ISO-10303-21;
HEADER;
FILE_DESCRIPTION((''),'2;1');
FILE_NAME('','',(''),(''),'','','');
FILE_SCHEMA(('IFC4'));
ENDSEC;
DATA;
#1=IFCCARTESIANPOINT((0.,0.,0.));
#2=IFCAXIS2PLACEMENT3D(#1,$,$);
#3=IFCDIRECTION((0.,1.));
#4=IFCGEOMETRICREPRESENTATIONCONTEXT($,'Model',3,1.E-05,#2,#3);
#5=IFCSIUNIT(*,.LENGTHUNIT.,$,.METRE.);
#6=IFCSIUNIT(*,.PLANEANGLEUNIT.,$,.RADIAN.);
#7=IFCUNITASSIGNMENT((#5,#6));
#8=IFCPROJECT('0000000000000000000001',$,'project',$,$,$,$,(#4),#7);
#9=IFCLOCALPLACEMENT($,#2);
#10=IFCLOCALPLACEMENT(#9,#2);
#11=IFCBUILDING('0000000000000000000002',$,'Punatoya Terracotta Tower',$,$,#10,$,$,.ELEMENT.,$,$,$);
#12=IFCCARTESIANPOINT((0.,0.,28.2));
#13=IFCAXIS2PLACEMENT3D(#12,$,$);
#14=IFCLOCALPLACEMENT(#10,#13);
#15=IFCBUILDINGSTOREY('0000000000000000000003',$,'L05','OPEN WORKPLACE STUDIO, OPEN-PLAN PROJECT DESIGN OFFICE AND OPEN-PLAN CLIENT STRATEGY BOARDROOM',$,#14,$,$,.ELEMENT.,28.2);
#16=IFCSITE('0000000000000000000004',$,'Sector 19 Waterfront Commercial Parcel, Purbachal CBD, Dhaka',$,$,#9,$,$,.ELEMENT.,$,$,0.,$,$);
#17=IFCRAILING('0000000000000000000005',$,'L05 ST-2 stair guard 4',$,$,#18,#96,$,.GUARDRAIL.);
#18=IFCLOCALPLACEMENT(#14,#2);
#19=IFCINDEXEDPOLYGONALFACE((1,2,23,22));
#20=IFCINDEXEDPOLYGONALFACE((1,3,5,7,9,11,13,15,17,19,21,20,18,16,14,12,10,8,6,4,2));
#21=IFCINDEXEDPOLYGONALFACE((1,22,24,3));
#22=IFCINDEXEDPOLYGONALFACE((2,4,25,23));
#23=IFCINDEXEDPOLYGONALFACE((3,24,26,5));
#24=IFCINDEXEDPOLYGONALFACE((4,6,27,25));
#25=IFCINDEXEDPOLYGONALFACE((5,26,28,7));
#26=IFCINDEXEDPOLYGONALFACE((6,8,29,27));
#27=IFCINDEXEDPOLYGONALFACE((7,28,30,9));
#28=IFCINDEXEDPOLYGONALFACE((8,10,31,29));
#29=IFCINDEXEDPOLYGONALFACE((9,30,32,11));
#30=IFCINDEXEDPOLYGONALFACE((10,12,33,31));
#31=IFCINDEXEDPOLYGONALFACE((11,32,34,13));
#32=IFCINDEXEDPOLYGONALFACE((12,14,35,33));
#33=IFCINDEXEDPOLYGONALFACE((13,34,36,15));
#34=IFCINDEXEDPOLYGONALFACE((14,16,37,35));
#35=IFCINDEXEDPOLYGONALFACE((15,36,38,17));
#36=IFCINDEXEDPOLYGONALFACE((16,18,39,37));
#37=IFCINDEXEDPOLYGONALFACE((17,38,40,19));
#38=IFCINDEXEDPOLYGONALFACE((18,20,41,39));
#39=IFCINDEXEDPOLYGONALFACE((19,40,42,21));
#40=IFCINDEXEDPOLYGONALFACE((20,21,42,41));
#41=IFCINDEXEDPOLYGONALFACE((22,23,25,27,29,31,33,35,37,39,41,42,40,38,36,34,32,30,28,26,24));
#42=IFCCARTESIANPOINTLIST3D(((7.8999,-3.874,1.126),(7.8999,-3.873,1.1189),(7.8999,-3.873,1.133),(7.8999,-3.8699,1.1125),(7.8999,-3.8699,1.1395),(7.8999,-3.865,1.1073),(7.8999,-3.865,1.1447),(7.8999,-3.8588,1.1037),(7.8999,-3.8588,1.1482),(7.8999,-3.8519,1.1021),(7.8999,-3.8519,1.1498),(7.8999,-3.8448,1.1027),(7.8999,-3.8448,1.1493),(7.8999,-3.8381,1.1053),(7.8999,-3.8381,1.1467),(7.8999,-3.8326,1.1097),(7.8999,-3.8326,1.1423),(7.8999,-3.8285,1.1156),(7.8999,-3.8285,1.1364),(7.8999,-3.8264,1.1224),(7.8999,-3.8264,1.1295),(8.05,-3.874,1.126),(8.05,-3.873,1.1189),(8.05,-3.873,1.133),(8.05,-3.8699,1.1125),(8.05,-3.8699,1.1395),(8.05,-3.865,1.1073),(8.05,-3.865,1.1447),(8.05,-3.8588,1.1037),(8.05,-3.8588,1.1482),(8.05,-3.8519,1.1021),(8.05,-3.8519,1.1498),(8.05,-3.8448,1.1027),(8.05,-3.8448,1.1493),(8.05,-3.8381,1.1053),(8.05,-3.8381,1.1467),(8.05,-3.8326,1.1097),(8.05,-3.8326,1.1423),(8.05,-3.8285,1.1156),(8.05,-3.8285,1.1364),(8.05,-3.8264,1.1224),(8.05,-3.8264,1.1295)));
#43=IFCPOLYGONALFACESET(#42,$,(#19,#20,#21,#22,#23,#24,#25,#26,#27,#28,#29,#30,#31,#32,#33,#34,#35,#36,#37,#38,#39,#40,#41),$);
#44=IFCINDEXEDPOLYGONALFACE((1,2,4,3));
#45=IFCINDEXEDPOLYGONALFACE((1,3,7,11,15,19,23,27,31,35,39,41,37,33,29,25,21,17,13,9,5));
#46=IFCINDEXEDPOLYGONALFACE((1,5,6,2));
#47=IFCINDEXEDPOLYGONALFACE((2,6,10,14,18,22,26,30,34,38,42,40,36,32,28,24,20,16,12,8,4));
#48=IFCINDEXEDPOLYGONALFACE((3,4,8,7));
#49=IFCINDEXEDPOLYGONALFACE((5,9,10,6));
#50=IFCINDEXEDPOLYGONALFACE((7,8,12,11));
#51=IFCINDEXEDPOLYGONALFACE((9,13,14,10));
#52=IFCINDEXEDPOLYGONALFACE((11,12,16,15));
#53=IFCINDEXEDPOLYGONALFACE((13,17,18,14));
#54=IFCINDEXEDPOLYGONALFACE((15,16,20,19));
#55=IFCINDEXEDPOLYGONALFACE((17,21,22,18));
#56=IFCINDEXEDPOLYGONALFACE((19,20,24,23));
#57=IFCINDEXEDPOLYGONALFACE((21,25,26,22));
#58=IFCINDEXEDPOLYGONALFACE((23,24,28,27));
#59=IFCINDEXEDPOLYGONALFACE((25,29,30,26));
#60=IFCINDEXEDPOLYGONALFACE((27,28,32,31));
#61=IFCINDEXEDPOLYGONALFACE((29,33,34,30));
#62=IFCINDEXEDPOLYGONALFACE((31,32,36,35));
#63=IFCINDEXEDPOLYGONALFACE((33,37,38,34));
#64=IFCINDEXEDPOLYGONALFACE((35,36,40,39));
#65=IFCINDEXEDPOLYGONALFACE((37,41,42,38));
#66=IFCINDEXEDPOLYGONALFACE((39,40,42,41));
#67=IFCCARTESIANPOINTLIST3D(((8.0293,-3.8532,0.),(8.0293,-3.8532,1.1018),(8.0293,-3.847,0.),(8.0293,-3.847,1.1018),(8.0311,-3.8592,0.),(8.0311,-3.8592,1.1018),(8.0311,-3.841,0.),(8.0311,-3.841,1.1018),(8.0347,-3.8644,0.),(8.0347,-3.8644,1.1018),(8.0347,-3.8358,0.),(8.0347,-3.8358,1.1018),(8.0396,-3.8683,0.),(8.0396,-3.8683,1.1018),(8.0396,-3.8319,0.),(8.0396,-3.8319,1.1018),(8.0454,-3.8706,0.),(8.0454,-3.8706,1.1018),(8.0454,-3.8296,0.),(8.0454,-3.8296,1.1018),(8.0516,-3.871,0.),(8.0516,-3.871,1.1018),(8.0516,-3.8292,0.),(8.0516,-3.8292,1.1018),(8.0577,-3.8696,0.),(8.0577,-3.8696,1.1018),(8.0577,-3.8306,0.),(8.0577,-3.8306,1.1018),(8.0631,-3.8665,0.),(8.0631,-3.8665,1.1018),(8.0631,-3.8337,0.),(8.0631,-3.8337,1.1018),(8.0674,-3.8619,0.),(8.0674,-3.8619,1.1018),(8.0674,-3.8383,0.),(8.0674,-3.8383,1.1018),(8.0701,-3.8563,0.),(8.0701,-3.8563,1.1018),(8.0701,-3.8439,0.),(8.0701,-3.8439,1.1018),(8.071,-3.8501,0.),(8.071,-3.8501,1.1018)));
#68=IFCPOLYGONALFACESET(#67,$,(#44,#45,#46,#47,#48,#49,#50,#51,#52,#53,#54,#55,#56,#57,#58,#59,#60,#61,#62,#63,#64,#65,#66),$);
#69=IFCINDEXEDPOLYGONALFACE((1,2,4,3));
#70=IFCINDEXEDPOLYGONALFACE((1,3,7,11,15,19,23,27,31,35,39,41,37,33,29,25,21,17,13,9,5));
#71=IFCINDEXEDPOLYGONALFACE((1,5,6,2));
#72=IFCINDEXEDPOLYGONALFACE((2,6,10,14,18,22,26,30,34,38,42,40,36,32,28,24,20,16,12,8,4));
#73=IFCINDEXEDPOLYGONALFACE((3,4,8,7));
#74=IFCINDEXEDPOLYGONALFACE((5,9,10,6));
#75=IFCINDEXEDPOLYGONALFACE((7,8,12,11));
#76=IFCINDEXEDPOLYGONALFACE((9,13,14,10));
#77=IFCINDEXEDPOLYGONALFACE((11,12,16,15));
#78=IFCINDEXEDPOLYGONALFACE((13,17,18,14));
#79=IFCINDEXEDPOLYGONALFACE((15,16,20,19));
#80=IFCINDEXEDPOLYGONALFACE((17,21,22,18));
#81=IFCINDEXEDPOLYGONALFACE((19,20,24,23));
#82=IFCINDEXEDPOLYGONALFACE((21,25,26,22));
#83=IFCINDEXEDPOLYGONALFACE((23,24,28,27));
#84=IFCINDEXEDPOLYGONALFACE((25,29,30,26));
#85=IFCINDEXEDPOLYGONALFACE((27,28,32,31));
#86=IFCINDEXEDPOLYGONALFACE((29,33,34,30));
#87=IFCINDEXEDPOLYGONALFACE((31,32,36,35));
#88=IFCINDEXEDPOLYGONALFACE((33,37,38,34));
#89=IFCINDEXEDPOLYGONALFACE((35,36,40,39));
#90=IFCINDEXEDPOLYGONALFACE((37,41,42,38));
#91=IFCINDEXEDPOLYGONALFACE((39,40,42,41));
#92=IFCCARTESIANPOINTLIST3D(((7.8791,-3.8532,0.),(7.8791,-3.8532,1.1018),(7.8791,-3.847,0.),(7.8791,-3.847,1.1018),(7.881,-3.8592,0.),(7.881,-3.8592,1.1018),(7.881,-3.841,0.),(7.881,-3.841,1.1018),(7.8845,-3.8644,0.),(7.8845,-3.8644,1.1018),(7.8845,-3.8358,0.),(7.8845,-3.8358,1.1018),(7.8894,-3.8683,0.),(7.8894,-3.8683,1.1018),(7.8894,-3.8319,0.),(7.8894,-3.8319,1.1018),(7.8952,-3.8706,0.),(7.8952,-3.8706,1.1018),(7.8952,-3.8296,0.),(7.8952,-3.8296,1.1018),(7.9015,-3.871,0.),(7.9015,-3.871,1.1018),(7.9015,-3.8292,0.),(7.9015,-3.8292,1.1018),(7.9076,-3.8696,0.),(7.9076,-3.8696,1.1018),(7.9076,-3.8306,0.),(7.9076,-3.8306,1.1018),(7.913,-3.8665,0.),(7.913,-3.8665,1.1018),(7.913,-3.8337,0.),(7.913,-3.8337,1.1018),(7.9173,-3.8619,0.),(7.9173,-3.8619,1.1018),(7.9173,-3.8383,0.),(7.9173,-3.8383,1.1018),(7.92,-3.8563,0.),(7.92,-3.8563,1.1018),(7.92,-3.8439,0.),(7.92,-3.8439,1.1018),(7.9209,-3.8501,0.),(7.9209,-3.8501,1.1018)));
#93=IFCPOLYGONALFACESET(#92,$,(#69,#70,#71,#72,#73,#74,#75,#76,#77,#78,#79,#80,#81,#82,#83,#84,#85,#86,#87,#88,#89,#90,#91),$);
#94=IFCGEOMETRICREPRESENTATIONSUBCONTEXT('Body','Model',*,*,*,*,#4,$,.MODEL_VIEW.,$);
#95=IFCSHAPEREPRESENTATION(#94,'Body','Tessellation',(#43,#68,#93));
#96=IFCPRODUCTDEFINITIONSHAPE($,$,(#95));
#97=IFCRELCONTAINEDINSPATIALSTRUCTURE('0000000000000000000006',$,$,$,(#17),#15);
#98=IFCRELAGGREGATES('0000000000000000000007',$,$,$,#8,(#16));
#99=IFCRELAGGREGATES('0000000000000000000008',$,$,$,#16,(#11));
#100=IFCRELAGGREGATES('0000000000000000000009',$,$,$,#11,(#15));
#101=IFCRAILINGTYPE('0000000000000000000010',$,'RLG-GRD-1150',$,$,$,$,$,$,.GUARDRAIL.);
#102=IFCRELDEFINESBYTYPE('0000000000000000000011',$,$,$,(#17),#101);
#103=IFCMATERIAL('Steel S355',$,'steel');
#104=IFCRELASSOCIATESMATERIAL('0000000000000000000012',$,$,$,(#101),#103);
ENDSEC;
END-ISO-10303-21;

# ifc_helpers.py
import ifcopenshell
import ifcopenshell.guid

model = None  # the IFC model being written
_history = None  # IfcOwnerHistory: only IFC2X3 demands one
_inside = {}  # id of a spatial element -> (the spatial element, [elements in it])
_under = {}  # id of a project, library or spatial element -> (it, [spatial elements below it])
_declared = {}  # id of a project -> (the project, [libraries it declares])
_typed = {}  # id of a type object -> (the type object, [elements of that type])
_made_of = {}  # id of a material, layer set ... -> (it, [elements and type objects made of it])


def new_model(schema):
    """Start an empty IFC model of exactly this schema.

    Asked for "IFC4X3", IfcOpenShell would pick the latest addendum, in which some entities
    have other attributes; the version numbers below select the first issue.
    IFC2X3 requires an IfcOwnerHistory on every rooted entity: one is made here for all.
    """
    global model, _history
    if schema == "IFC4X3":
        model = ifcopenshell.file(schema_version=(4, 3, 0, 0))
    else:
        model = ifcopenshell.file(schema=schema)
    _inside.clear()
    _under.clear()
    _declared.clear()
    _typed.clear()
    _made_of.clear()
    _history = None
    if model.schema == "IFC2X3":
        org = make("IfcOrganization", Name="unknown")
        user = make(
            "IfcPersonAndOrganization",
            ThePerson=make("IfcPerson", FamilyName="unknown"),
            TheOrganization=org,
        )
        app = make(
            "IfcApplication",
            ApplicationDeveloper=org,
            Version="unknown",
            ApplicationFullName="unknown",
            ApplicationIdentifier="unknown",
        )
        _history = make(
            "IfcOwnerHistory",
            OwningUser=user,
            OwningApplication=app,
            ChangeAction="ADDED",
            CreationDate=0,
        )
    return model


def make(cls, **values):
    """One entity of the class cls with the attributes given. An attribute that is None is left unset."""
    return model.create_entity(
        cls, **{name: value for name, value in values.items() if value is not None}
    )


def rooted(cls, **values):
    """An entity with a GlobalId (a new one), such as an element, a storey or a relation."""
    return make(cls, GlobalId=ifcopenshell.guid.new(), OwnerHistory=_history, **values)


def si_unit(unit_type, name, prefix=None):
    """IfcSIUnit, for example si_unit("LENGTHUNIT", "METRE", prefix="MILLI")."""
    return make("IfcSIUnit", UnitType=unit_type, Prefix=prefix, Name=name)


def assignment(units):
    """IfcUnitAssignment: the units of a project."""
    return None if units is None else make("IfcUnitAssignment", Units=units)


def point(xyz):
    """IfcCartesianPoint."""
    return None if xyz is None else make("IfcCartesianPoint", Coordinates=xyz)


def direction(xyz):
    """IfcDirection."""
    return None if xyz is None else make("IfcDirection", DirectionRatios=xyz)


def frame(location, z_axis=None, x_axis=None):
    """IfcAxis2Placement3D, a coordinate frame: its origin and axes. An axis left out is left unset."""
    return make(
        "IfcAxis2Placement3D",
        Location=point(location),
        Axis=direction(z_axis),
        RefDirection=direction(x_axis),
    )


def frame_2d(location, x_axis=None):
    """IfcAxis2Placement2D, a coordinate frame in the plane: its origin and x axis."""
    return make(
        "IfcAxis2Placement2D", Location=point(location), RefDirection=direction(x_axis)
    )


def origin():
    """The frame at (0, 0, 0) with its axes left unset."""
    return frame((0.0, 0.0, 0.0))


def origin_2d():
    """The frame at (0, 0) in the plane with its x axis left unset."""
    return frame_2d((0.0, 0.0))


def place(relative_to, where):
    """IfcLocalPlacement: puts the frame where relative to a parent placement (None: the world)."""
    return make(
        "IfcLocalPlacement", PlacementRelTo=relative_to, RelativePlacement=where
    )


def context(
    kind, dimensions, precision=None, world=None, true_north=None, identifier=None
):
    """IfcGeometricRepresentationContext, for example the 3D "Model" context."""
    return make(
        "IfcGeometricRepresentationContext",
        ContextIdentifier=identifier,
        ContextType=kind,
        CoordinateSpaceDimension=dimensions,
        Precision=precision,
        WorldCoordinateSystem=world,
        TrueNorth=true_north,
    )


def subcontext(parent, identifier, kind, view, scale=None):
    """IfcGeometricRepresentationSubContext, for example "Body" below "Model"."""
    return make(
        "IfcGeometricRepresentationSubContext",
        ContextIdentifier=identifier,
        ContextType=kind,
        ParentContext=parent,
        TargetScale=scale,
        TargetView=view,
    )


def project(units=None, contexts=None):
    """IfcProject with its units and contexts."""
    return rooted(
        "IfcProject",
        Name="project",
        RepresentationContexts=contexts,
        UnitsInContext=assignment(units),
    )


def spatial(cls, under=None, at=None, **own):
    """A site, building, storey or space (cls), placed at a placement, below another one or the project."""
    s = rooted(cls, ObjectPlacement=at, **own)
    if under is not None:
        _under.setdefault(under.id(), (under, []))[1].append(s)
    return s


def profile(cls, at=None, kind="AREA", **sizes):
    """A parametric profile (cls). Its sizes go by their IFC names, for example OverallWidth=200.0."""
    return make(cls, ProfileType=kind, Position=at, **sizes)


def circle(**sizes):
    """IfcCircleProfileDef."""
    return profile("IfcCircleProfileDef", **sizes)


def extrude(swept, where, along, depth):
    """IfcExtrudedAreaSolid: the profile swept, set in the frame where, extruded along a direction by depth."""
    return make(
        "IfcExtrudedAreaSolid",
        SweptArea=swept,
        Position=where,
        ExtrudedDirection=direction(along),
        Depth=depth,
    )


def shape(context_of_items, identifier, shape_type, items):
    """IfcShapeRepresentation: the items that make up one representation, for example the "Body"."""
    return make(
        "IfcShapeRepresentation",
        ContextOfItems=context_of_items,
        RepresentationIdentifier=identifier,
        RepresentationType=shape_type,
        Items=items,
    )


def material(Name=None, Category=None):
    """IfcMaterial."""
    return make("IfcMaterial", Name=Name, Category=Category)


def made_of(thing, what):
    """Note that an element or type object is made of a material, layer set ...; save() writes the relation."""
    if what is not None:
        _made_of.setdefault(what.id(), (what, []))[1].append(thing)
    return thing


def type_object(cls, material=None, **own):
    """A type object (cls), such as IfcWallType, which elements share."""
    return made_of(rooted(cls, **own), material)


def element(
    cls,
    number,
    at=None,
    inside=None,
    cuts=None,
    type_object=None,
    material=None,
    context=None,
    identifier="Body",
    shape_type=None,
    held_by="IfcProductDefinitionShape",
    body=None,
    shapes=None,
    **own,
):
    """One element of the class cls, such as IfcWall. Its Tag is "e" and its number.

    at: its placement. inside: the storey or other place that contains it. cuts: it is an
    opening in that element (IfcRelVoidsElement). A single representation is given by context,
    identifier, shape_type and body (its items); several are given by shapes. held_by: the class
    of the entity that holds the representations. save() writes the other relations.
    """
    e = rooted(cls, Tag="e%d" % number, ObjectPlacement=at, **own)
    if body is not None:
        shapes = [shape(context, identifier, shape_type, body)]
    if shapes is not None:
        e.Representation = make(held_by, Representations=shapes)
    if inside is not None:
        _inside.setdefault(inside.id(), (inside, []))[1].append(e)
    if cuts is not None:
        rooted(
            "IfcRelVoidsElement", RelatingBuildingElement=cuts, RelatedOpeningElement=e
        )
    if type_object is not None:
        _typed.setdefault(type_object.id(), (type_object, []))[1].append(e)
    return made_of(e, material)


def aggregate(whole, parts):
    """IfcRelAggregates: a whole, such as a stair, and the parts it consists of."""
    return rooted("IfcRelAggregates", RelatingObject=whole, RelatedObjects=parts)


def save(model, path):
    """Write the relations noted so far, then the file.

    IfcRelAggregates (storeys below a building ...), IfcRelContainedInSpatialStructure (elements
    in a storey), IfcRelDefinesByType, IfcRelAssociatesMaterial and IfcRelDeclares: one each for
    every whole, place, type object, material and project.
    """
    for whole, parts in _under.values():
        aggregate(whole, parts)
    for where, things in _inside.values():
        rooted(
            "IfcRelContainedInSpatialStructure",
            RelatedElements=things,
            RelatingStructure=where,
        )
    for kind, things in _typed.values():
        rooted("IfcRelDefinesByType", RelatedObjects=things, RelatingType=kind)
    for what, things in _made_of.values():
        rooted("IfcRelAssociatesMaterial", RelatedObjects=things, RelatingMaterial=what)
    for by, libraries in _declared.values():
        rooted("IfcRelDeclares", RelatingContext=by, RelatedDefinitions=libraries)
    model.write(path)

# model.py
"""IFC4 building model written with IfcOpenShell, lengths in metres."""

from ifc_helpers import new_model, si_unit, direction, frame, origin, origin_2d, place, context, subcontext, project, spatial, circle, extrude, material, type_object, element, save


model = new_model("IFC4")

# Units and contexts
model_context = context("Model", 3, precision=1e-05, world=origin(), true_north=direction((0.0, 1.0)))
body_context = subcontext(model_context, "Body", "Model", "MODEL_VIEW")
ifc_project = project(units=[si_unit("LENGTHUNIT", "METRE"), si_unit("PLANEANGLEUNIT", "RADIAN")], contexts=[model_context])

# Site, building, storey
site_placement = place(None, origin())
site = spatial("IfcSite", under=ifc_project, at=site_placement, Name="Sector 19 Waterfront Commercial Parcel, Purbachal CBD, Dhaka", CompositionType="ELEMENT", RefElevation=0.0)
building_placement = place(site_placement, origin())
building = spatial("IfcBuilding", under=site, at=building_placement, Name="Punatoya Terracotta Tower", CompositionType="ELEMENT")
storey_placement = place(building_placement, frame((0.0, 0.0, 28.2)))
storey = spatial("IfcBuildingStorey", under=building, at=storey_placement, Name="L05", Description="OPEN WORKPLACE STUDIO, OPEN-PLAN PROJECT DESIGN OFFICE AND OPEN-PLAN CLIENT STRATEGY BOARDROOM", CompositionType="ELEMENT", Elevation=28.2)

# Railing
ifc_material_1 = material(Name="Steel S355", Category="steel")
railing_type_1 = type_object("IfcRailingType", Name="RLG-GRD-1150", PredefinedType="GUARDRAIL", material=ifc_material_1)
railing_1_placement = place(storey_placement, frame((8.05, -3.8501, 0.0)))
element("IfcRailing", 1, at=railing_1_placement, inside=storey, type_object=railing_type_1, Name="L05 ST-2 stair guard 4", PredefinedType="GUARDRAIL", context=body_context, shape_type="SweptSolid", body=[
    extrude(circle(Radius=0.0239, at=origin_2d()), frame((0.0, 0.0, 1.126), z_axis=(-1.0, 0.0, 0.0), x_axis=(0.0, -1.0, 0.0)), (0.0, 0.0, 1.0), 0.1501),
    extrude(circle(Radius=0.021, at=origin_2d()), origin(), (0.0, 0.0, 1.0), 1.1018),
    extrude(circle(Radius=0.021, at=origin_2d()), frame((-0.1501, 0.0, 0.0)), (0.0, 0.0, 1.0), 1.1018),
])

save(model, "model.ifc")
